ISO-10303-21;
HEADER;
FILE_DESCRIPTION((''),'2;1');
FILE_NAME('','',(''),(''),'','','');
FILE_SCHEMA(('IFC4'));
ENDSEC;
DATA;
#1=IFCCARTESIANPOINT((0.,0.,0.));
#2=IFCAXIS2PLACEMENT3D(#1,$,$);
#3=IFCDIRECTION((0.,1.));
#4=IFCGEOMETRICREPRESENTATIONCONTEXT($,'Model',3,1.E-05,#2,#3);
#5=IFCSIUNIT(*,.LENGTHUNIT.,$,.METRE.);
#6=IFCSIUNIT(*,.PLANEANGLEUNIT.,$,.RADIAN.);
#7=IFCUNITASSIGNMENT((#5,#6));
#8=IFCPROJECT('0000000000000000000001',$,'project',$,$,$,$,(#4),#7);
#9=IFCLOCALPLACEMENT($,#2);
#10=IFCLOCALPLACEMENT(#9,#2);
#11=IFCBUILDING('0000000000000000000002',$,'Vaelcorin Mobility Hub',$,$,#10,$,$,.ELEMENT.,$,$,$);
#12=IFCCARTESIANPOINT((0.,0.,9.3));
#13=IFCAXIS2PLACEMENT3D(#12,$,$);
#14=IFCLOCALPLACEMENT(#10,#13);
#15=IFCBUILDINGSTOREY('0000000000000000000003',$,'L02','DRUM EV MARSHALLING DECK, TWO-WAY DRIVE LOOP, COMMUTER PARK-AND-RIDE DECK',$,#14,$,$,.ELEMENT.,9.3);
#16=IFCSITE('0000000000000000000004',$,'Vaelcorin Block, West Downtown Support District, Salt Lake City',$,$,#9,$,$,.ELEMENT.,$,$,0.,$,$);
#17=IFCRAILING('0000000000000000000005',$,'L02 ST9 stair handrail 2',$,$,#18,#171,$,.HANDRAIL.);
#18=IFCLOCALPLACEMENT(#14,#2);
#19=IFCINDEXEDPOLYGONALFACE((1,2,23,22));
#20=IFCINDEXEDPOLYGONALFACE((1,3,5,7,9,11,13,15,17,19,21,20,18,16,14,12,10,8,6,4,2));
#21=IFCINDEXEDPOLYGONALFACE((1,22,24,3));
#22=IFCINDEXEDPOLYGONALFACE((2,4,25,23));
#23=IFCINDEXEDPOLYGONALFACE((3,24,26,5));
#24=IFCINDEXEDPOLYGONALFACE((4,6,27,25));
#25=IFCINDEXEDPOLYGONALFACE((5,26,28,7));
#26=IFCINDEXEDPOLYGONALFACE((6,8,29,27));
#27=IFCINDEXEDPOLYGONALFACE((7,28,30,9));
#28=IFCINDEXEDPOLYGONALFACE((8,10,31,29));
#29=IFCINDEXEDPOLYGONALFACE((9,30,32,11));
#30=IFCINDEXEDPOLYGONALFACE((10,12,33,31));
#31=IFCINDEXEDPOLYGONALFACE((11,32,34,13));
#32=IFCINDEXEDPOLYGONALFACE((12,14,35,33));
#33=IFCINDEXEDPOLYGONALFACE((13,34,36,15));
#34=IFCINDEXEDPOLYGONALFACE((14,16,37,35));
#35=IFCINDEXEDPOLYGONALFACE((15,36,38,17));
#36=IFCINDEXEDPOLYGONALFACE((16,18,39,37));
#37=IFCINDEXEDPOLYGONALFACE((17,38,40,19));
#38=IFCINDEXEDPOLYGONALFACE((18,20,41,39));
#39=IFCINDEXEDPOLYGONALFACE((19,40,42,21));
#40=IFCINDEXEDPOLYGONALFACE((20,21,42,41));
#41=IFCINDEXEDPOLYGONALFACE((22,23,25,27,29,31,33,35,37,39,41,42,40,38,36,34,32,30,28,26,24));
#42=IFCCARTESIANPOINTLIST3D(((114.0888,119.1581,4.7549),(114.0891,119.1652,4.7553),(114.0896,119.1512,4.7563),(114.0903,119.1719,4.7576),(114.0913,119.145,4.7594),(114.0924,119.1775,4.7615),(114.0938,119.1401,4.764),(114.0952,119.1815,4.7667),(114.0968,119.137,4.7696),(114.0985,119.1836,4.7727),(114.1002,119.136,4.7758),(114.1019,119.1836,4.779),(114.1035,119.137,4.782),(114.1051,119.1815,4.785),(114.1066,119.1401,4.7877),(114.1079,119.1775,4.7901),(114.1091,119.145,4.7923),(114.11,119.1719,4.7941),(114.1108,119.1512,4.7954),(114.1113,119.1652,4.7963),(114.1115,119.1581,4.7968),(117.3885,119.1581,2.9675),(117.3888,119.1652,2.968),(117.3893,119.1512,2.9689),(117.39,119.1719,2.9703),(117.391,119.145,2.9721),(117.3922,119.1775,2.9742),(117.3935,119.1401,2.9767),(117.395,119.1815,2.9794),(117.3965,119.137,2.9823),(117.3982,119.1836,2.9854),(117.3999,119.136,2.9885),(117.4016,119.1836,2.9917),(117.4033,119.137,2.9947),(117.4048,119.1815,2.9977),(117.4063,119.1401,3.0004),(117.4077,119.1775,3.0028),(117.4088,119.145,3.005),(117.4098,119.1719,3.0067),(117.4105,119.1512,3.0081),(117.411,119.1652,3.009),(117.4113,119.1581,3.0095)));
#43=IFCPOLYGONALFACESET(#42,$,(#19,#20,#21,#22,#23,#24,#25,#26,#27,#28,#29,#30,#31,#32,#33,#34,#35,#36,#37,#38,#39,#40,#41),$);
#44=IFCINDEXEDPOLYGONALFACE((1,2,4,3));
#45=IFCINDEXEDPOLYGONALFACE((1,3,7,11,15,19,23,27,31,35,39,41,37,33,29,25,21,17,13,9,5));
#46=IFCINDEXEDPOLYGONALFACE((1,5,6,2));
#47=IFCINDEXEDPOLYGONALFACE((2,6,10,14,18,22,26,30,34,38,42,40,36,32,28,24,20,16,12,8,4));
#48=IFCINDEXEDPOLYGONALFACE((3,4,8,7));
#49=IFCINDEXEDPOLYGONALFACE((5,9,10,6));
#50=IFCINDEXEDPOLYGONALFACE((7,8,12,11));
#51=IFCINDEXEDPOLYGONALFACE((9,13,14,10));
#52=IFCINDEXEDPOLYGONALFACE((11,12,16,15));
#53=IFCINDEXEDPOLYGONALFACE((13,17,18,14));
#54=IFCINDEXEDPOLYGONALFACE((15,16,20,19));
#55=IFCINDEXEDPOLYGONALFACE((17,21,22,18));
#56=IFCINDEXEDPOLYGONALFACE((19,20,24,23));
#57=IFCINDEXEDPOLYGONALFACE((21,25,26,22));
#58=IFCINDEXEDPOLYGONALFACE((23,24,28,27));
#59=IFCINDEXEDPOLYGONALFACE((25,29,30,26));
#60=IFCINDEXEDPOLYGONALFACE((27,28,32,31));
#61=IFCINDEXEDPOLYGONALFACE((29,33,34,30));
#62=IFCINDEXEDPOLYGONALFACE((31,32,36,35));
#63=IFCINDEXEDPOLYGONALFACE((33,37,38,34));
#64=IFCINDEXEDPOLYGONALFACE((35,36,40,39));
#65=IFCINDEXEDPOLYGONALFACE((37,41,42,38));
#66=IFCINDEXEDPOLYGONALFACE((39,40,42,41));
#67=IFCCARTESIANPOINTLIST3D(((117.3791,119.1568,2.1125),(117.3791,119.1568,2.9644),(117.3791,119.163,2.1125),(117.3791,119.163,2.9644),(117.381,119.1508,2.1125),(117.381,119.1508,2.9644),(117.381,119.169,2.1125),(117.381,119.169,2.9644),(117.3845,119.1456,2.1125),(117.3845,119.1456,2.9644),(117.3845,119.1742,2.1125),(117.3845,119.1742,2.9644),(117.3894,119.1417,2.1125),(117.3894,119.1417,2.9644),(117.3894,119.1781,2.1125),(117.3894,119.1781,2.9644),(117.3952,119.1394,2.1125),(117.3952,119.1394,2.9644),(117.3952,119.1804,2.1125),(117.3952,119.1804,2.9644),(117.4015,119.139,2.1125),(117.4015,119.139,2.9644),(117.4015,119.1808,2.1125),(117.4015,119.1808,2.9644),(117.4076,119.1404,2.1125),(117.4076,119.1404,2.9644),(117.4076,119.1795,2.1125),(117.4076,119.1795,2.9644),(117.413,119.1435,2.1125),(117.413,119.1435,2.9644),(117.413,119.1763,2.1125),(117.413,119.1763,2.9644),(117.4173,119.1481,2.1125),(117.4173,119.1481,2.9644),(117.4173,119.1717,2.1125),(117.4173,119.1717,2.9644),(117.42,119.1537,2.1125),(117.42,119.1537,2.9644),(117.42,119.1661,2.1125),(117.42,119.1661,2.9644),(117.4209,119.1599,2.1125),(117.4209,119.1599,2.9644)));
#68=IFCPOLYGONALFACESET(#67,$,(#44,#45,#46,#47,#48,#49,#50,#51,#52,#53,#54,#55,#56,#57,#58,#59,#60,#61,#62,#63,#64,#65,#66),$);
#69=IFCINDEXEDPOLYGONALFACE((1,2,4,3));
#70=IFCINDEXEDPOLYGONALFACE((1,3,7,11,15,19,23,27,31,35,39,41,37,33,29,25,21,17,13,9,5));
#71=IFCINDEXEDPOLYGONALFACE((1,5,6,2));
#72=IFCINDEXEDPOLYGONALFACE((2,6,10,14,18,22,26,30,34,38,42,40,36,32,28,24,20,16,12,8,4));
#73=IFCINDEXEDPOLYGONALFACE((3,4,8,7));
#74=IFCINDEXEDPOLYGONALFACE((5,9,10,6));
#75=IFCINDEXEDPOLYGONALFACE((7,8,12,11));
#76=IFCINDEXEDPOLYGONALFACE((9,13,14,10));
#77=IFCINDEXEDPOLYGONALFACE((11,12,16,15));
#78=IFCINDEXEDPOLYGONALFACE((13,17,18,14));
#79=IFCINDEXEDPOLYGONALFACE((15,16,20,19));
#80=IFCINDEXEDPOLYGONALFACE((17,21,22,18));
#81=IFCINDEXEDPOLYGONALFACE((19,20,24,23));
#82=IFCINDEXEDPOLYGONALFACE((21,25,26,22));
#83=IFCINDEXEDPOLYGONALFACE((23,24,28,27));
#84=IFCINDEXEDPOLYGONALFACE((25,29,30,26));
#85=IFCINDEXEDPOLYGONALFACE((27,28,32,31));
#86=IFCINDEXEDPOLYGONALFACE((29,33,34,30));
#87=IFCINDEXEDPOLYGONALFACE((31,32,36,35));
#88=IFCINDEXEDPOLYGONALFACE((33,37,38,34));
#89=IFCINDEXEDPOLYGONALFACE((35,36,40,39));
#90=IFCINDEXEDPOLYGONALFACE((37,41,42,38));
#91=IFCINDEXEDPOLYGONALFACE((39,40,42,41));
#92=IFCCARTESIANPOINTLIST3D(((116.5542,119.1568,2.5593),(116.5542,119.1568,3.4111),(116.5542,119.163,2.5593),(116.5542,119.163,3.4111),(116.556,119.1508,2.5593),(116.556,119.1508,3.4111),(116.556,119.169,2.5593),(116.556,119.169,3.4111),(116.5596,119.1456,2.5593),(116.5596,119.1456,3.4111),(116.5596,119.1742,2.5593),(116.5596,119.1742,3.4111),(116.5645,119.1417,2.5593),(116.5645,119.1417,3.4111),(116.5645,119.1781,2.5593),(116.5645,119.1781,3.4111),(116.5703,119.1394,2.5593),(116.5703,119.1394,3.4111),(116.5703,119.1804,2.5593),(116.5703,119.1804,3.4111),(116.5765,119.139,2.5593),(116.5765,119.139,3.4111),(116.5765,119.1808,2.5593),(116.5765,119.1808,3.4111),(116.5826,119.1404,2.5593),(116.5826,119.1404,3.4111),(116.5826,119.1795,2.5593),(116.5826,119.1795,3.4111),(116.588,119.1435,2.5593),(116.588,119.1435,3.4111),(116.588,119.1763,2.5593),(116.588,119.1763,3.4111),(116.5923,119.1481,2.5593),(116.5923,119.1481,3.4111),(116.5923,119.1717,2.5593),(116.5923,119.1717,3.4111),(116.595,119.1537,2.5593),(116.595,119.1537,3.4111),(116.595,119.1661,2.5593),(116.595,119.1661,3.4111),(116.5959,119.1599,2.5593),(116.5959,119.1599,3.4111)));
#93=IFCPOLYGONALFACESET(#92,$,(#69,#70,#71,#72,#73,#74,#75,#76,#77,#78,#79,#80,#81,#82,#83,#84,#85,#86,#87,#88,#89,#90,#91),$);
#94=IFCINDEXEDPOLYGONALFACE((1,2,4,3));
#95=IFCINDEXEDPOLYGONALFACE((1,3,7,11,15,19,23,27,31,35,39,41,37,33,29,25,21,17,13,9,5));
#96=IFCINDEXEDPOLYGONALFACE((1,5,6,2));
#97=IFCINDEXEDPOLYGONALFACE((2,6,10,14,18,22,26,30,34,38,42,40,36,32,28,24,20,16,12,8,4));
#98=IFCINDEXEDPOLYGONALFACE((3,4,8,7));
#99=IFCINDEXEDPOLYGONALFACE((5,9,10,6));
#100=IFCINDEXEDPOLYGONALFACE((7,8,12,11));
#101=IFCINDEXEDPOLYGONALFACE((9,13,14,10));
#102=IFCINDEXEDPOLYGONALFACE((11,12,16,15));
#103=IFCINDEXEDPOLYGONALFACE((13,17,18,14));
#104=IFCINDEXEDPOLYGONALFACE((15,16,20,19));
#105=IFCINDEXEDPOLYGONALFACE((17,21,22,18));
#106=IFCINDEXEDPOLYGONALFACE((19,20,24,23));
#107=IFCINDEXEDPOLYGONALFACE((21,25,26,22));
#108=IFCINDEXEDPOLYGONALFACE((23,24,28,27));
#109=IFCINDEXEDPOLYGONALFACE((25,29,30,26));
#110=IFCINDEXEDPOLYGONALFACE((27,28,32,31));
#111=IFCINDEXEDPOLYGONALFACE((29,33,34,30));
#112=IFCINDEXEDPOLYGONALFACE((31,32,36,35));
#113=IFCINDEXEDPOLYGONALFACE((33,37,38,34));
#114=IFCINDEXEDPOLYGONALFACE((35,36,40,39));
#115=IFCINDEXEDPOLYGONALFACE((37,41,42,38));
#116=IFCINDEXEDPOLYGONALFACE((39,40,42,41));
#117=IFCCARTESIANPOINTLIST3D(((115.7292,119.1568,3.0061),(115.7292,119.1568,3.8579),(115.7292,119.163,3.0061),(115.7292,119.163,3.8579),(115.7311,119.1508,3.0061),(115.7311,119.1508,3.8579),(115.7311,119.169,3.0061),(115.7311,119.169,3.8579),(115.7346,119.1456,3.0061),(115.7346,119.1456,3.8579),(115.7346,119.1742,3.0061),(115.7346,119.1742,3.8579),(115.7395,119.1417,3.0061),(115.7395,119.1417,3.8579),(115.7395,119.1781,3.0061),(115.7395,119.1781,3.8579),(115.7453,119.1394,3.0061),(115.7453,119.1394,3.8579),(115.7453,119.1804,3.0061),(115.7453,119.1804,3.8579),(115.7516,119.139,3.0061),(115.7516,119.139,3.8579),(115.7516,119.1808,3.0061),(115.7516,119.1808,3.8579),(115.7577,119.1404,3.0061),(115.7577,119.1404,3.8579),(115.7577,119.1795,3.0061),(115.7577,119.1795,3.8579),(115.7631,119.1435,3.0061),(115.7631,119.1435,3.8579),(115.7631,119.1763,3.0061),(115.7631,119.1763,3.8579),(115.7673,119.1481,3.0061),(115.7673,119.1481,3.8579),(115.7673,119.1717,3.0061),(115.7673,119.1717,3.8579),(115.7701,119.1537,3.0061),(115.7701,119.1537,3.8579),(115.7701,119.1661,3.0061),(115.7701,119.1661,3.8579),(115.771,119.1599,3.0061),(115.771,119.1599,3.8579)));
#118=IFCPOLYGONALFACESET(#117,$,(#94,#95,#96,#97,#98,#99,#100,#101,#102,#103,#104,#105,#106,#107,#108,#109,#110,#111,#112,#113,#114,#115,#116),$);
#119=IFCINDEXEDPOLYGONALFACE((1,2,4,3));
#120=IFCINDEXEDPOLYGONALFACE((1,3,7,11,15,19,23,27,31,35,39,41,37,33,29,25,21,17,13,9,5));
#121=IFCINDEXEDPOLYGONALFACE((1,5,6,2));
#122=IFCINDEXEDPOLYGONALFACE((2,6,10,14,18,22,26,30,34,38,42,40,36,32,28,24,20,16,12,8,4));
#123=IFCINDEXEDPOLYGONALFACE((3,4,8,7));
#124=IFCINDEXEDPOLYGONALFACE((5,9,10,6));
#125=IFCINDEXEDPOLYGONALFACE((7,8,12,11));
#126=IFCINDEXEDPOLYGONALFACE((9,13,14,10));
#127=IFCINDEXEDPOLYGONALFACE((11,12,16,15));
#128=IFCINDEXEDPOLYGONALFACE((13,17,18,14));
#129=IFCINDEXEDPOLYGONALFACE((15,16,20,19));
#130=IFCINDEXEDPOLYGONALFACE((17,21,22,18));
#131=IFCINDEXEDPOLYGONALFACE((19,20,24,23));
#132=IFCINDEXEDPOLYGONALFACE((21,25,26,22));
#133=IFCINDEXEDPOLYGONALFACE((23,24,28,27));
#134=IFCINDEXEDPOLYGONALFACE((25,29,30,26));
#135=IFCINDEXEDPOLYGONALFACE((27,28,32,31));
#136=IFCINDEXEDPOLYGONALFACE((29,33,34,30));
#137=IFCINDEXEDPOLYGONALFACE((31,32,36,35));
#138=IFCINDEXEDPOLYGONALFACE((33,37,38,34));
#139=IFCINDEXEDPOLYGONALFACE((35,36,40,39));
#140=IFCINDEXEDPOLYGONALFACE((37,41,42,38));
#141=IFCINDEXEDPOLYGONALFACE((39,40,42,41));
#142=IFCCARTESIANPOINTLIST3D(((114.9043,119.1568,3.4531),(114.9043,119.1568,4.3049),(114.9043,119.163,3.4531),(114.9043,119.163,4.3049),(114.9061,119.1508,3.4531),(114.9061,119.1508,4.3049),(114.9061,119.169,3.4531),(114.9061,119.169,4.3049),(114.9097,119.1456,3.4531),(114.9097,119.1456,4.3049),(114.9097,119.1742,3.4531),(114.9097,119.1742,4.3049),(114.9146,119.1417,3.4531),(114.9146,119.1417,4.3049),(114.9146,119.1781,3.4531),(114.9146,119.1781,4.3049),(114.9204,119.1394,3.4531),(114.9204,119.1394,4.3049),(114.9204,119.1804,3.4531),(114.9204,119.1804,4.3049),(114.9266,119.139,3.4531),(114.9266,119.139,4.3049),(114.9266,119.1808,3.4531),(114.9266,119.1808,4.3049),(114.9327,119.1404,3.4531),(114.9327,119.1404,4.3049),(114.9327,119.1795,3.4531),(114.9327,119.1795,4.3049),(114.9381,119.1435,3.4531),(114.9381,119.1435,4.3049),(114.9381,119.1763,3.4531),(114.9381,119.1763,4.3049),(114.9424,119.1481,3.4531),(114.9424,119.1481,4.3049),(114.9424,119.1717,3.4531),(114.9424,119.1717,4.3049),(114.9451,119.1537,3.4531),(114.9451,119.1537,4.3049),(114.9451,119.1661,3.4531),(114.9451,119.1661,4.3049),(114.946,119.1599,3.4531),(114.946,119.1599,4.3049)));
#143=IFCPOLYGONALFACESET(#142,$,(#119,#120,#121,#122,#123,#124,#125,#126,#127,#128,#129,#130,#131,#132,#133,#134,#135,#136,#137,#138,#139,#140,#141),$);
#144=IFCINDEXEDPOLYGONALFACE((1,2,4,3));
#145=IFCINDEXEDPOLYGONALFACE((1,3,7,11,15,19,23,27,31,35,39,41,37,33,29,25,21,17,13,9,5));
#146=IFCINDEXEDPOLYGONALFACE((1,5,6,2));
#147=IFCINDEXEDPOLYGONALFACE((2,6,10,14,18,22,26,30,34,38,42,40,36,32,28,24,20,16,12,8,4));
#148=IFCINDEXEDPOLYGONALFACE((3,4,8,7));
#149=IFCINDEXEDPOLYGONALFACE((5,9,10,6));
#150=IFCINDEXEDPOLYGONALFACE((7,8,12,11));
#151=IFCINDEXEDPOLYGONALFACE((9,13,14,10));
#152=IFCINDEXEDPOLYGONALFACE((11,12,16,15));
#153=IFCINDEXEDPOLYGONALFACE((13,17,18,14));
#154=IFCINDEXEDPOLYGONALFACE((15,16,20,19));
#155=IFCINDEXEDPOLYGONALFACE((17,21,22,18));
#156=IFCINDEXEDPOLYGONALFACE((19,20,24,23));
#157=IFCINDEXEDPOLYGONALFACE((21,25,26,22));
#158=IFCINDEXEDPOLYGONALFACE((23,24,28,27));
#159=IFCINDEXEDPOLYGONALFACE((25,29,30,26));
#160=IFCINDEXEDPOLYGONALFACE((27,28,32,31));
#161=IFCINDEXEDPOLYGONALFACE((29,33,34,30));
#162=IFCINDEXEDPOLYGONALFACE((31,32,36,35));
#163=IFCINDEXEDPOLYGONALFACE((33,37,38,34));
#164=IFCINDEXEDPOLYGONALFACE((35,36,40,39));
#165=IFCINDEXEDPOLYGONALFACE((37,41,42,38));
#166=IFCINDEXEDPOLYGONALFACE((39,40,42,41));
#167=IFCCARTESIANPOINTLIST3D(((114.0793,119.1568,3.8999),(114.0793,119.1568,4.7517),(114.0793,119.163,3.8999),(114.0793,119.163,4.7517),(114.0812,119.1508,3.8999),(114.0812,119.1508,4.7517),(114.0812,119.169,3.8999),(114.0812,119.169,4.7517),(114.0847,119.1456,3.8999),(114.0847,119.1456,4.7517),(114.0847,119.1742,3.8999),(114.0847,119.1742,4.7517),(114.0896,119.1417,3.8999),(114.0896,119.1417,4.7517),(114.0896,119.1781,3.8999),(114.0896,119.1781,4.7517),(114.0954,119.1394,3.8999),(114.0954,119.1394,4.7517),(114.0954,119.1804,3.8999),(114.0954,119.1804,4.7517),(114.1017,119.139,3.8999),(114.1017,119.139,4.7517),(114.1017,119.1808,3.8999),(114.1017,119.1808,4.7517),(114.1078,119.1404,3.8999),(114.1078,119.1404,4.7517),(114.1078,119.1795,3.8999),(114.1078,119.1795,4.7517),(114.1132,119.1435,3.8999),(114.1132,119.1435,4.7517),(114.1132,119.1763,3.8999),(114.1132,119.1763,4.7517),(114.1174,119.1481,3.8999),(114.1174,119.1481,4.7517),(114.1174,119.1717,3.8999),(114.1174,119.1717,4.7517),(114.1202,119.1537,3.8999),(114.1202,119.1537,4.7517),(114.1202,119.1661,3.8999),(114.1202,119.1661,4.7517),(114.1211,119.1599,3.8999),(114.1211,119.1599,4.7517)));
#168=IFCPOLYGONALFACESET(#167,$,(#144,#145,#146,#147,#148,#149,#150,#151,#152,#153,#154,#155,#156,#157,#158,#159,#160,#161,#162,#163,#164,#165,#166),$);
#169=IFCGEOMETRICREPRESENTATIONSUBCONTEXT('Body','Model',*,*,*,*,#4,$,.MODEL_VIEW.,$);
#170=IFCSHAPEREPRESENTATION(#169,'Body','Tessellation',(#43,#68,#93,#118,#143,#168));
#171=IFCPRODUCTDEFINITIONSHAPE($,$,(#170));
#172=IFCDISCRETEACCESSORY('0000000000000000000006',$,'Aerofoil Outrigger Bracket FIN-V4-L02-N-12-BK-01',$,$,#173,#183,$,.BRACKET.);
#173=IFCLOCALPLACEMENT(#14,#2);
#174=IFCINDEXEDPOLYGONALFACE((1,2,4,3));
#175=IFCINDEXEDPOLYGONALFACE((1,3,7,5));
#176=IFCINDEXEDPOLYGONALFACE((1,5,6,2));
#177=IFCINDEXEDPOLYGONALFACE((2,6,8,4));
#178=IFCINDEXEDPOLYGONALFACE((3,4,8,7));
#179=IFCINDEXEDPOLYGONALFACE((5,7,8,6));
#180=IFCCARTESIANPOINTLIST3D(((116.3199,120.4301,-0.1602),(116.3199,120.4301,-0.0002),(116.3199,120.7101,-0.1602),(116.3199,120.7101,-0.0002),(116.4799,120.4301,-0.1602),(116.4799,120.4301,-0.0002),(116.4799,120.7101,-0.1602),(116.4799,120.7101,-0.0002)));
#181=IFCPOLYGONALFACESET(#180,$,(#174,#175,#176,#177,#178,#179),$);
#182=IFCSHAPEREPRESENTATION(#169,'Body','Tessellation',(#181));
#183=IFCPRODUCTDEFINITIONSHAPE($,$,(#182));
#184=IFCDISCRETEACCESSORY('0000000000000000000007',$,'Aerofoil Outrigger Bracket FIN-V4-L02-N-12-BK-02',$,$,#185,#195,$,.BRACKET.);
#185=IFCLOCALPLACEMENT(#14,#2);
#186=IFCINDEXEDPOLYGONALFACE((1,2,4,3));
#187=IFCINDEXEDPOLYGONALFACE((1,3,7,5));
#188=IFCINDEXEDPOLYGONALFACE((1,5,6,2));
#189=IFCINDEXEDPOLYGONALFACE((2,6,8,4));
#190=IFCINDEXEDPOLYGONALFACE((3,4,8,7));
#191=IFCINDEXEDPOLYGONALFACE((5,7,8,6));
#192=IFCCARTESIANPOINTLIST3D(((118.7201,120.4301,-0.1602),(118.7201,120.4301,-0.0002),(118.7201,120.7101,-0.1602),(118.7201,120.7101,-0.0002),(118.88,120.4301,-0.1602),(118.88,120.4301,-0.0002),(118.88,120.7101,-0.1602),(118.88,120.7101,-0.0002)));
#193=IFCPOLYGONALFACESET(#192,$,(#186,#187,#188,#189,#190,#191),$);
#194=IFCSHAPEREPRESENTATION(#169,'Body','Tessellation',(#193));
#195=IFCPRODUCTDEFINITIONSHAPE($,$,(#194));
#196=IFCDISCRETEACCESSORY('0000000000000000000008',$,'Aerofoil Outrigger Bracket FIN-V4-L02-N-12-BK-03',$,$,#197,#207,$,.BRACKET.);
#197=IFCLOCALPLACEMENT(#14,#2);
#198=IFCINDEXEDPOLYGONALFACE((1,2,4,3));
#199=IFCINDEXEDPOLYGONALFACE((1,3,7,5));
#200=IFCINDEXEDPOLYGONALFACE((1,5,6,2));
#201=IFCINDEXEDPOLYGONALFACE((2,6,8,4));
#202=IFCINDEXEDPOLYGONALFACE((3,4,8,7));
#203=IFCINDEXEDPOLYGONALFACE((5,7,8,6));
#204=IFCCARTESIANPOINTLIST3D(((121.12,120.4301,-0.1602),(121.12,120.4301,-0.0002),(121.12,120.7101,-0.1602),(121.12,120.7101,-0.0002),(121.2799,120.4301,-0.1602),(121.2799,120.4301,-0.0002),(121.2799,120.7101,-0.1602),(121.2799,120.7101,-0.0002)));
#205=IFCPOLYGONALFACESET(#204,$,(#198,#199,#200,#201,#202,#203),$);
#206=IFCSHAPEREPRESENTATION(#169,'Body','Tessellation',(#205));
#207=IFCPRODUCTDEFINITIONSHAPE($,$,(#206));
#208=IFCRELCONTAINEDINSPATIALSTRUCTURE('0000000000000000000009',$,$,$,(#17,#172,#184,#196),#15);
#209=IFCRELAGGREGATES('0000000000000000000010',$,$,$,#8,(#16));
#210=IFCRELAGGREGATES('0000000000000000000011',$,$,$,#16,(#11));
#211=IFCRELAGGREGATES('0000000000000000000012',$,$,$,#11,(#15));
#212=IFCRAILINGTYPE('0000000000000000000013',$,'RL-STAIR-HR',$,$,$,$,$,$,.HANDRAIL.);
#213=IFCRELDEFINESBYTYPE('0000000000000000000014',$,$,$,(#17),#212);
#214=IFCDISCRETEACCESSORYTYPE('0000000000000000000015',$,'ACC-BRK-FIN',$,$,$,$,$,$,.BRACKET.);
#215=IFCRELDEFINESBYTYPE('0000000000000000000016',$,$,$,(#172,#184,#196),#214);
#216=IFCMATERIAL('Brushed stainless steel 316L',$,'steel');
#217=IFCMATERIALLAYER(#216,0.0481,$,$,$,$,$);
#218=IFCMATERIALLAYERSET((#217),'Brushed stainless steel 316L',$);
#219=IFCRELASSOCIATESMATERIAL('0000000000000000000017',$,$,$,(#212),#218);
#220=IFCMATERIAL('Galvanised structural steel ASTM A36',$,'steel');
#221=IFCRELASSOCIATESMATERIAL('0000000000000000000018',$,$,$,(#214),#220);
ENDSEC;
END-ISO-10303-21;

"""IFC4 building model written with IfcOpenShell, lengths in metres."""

from ifc_helpers import new_model, si_unit, direction, frame, origin, origin_2d, place, context, subcontext, project, spatial, rectangle, circle, extrude, material, layer, layer_set, type_object, element, save


model = new_model("IFC4")

# Units and contexts
model_context = context("Model", 3, precision=1e-05, world=origin(), true_north=direction((0.0, 1.0)))
body_context = subcontext(model_context, "Body", "Model", "MODEL_VIEW")
ifc_project = project(units=[si_unit("LENGTHUNIT", "METRE"), si_unit("PLANEANGLEUNIT", "RADIAN")], contexts=[model_context])

# Site, building, storey
site_placement = place(None, origin())
site = spatial("IfcSite", under=ifc_project, at=site_placement, Name="Vaelcorin Block, West Downtown Support District, Salt Lake City", CompositionType="ELEMENT", RefElevation=0.0)
building_placement = place(site_placement, origin())
building = spatial("IfcBuilding", under=site, at=building_placement, Name="Vaelcorin Mobility Hub", CompositionType="ELEMENT")
storey_placement = place(building_placement, frame((0.0, 0.0, 9.3)))
storey = spatial("IfcBuildingStorey", under=building, at=storey_placement, Name="L02", Description="DRUM EV MARSHALLING DECK, TWO-WAY DRIVE LOOP, COMMUTER PARK-AND-RIDE DECK", CompositionType="ELEMENT", Elevation=9.3)

# Railing
ifc_material_1 = material(Name="Galvanised structural steel ASTM A36", Category="steel")
ifc_material_2 = material(Name="Brushed stainless steel 316L", Category="steel")
ifc_layer_1 = layer(ifc_material_2, 0.0481)
ifc_layer_set_1 = layer_set([ifc_layer_1], Name="Brushed stainless steel 316L")
railing_type_1 = type_object("IfcRailingType", Name="RL-STAIR-HR", PredefinedType="HANDRAIL", material=ifc_layer_set_1)
railing_1_placement = place(storey_placement, frame((117.3999, 119.1599, 2.1125)))
element("IfcRailing", 1, at=railing_1_placement, inside=storey, type_object=railing_type_1, Name="L02 ST9 stair handrail 2", PredefinedType="HANDRAIL", context=body_context, shape_type="SweptSolid", body=[
    extrude(circle(Radius=0.0239, at=origin_2d()), frame((0.0, 0.0, 0.876), z_axis=(-0.879297, 0.0, 0.476275), x_axis=(0.0, -1.0, 0.0)), (0.0, 0.0, 1.0), 3.7527),
    extrude(circle(Radius=0.021, at=origin_2d()), origin(), (0.0, 0.0, 1.0), 0.8518),
    extrude(circle(Radius=0.021, at=origin_2d()), frame((-0.825, 0.0, 0.4468)), (0.0, 0.0, 1.0), 0.8518),
    extrude(circle(Radius=0.021, at=origin_2d()), frame((-1.6499, 0.0, 0.8936)), (0.0, 0.0, 1.0), 0.8518),
    extrude(circle(Radius=0.021, at=origin_2d()), frame((-2.4749, 0.0, 1.3406)), (0.0, 0.0, 1.0), 0.8518),
    extrude(circle(Radius=0.021, at=origin_2d()), frame((-3.2998, 0.0, 1.7874)), (0.0, 0.0, 1.0), 0.8518),
])

# Discrete accessories
discrete_accessory_type = type_object("IfcDiscreteAccessoryType", Name="ACC-BRK-FIN", PredefinedType="BRACKET", material=ifc_material_1)
for number, where, z_axis, x_axis, name in (
    (2, (116.3999, 120.5701, -0.1602), (0.0, 0.0, 1.0), (0.0, 1.0, 0.0), "Aerofoil Outrigger Bracket FIN-V4-L02-N-12-BK-01"),
    (3, (118.8, 120.5701, -0.1602), (0.0, 0.0, 1.0), (0.0, 1.0, 0.0), "Aerofoil Outrigger Bracket FIN-V4-L02-N-12-BK-02"),
    (4, (121.2, 120.5701, -0.1602), (0.0, 0.0, 1.0), (0.0, 1.0, 0.0), "Aerofoil Outrigger Bracket FIN-V4-L02-N-12-BK-03"),
):
    element("IfcDiscreteAccessory", number, at=place(storey_placement, frame(where, z_axis=z_axis, x_axis=x_axis)), inside=storey, type_object=discrete_accessory_type, Name=name, PredefinedType="BRACKET", context=body_context, shape_type="SweptSolid", body=[
        extrude(rectangle(XDim=0.28, YDim=0.1599, at=origin_2d()), origin(), (0.0, 0.0, 1.0), 0.1599),
    ])

save(model, "model.ifc")
